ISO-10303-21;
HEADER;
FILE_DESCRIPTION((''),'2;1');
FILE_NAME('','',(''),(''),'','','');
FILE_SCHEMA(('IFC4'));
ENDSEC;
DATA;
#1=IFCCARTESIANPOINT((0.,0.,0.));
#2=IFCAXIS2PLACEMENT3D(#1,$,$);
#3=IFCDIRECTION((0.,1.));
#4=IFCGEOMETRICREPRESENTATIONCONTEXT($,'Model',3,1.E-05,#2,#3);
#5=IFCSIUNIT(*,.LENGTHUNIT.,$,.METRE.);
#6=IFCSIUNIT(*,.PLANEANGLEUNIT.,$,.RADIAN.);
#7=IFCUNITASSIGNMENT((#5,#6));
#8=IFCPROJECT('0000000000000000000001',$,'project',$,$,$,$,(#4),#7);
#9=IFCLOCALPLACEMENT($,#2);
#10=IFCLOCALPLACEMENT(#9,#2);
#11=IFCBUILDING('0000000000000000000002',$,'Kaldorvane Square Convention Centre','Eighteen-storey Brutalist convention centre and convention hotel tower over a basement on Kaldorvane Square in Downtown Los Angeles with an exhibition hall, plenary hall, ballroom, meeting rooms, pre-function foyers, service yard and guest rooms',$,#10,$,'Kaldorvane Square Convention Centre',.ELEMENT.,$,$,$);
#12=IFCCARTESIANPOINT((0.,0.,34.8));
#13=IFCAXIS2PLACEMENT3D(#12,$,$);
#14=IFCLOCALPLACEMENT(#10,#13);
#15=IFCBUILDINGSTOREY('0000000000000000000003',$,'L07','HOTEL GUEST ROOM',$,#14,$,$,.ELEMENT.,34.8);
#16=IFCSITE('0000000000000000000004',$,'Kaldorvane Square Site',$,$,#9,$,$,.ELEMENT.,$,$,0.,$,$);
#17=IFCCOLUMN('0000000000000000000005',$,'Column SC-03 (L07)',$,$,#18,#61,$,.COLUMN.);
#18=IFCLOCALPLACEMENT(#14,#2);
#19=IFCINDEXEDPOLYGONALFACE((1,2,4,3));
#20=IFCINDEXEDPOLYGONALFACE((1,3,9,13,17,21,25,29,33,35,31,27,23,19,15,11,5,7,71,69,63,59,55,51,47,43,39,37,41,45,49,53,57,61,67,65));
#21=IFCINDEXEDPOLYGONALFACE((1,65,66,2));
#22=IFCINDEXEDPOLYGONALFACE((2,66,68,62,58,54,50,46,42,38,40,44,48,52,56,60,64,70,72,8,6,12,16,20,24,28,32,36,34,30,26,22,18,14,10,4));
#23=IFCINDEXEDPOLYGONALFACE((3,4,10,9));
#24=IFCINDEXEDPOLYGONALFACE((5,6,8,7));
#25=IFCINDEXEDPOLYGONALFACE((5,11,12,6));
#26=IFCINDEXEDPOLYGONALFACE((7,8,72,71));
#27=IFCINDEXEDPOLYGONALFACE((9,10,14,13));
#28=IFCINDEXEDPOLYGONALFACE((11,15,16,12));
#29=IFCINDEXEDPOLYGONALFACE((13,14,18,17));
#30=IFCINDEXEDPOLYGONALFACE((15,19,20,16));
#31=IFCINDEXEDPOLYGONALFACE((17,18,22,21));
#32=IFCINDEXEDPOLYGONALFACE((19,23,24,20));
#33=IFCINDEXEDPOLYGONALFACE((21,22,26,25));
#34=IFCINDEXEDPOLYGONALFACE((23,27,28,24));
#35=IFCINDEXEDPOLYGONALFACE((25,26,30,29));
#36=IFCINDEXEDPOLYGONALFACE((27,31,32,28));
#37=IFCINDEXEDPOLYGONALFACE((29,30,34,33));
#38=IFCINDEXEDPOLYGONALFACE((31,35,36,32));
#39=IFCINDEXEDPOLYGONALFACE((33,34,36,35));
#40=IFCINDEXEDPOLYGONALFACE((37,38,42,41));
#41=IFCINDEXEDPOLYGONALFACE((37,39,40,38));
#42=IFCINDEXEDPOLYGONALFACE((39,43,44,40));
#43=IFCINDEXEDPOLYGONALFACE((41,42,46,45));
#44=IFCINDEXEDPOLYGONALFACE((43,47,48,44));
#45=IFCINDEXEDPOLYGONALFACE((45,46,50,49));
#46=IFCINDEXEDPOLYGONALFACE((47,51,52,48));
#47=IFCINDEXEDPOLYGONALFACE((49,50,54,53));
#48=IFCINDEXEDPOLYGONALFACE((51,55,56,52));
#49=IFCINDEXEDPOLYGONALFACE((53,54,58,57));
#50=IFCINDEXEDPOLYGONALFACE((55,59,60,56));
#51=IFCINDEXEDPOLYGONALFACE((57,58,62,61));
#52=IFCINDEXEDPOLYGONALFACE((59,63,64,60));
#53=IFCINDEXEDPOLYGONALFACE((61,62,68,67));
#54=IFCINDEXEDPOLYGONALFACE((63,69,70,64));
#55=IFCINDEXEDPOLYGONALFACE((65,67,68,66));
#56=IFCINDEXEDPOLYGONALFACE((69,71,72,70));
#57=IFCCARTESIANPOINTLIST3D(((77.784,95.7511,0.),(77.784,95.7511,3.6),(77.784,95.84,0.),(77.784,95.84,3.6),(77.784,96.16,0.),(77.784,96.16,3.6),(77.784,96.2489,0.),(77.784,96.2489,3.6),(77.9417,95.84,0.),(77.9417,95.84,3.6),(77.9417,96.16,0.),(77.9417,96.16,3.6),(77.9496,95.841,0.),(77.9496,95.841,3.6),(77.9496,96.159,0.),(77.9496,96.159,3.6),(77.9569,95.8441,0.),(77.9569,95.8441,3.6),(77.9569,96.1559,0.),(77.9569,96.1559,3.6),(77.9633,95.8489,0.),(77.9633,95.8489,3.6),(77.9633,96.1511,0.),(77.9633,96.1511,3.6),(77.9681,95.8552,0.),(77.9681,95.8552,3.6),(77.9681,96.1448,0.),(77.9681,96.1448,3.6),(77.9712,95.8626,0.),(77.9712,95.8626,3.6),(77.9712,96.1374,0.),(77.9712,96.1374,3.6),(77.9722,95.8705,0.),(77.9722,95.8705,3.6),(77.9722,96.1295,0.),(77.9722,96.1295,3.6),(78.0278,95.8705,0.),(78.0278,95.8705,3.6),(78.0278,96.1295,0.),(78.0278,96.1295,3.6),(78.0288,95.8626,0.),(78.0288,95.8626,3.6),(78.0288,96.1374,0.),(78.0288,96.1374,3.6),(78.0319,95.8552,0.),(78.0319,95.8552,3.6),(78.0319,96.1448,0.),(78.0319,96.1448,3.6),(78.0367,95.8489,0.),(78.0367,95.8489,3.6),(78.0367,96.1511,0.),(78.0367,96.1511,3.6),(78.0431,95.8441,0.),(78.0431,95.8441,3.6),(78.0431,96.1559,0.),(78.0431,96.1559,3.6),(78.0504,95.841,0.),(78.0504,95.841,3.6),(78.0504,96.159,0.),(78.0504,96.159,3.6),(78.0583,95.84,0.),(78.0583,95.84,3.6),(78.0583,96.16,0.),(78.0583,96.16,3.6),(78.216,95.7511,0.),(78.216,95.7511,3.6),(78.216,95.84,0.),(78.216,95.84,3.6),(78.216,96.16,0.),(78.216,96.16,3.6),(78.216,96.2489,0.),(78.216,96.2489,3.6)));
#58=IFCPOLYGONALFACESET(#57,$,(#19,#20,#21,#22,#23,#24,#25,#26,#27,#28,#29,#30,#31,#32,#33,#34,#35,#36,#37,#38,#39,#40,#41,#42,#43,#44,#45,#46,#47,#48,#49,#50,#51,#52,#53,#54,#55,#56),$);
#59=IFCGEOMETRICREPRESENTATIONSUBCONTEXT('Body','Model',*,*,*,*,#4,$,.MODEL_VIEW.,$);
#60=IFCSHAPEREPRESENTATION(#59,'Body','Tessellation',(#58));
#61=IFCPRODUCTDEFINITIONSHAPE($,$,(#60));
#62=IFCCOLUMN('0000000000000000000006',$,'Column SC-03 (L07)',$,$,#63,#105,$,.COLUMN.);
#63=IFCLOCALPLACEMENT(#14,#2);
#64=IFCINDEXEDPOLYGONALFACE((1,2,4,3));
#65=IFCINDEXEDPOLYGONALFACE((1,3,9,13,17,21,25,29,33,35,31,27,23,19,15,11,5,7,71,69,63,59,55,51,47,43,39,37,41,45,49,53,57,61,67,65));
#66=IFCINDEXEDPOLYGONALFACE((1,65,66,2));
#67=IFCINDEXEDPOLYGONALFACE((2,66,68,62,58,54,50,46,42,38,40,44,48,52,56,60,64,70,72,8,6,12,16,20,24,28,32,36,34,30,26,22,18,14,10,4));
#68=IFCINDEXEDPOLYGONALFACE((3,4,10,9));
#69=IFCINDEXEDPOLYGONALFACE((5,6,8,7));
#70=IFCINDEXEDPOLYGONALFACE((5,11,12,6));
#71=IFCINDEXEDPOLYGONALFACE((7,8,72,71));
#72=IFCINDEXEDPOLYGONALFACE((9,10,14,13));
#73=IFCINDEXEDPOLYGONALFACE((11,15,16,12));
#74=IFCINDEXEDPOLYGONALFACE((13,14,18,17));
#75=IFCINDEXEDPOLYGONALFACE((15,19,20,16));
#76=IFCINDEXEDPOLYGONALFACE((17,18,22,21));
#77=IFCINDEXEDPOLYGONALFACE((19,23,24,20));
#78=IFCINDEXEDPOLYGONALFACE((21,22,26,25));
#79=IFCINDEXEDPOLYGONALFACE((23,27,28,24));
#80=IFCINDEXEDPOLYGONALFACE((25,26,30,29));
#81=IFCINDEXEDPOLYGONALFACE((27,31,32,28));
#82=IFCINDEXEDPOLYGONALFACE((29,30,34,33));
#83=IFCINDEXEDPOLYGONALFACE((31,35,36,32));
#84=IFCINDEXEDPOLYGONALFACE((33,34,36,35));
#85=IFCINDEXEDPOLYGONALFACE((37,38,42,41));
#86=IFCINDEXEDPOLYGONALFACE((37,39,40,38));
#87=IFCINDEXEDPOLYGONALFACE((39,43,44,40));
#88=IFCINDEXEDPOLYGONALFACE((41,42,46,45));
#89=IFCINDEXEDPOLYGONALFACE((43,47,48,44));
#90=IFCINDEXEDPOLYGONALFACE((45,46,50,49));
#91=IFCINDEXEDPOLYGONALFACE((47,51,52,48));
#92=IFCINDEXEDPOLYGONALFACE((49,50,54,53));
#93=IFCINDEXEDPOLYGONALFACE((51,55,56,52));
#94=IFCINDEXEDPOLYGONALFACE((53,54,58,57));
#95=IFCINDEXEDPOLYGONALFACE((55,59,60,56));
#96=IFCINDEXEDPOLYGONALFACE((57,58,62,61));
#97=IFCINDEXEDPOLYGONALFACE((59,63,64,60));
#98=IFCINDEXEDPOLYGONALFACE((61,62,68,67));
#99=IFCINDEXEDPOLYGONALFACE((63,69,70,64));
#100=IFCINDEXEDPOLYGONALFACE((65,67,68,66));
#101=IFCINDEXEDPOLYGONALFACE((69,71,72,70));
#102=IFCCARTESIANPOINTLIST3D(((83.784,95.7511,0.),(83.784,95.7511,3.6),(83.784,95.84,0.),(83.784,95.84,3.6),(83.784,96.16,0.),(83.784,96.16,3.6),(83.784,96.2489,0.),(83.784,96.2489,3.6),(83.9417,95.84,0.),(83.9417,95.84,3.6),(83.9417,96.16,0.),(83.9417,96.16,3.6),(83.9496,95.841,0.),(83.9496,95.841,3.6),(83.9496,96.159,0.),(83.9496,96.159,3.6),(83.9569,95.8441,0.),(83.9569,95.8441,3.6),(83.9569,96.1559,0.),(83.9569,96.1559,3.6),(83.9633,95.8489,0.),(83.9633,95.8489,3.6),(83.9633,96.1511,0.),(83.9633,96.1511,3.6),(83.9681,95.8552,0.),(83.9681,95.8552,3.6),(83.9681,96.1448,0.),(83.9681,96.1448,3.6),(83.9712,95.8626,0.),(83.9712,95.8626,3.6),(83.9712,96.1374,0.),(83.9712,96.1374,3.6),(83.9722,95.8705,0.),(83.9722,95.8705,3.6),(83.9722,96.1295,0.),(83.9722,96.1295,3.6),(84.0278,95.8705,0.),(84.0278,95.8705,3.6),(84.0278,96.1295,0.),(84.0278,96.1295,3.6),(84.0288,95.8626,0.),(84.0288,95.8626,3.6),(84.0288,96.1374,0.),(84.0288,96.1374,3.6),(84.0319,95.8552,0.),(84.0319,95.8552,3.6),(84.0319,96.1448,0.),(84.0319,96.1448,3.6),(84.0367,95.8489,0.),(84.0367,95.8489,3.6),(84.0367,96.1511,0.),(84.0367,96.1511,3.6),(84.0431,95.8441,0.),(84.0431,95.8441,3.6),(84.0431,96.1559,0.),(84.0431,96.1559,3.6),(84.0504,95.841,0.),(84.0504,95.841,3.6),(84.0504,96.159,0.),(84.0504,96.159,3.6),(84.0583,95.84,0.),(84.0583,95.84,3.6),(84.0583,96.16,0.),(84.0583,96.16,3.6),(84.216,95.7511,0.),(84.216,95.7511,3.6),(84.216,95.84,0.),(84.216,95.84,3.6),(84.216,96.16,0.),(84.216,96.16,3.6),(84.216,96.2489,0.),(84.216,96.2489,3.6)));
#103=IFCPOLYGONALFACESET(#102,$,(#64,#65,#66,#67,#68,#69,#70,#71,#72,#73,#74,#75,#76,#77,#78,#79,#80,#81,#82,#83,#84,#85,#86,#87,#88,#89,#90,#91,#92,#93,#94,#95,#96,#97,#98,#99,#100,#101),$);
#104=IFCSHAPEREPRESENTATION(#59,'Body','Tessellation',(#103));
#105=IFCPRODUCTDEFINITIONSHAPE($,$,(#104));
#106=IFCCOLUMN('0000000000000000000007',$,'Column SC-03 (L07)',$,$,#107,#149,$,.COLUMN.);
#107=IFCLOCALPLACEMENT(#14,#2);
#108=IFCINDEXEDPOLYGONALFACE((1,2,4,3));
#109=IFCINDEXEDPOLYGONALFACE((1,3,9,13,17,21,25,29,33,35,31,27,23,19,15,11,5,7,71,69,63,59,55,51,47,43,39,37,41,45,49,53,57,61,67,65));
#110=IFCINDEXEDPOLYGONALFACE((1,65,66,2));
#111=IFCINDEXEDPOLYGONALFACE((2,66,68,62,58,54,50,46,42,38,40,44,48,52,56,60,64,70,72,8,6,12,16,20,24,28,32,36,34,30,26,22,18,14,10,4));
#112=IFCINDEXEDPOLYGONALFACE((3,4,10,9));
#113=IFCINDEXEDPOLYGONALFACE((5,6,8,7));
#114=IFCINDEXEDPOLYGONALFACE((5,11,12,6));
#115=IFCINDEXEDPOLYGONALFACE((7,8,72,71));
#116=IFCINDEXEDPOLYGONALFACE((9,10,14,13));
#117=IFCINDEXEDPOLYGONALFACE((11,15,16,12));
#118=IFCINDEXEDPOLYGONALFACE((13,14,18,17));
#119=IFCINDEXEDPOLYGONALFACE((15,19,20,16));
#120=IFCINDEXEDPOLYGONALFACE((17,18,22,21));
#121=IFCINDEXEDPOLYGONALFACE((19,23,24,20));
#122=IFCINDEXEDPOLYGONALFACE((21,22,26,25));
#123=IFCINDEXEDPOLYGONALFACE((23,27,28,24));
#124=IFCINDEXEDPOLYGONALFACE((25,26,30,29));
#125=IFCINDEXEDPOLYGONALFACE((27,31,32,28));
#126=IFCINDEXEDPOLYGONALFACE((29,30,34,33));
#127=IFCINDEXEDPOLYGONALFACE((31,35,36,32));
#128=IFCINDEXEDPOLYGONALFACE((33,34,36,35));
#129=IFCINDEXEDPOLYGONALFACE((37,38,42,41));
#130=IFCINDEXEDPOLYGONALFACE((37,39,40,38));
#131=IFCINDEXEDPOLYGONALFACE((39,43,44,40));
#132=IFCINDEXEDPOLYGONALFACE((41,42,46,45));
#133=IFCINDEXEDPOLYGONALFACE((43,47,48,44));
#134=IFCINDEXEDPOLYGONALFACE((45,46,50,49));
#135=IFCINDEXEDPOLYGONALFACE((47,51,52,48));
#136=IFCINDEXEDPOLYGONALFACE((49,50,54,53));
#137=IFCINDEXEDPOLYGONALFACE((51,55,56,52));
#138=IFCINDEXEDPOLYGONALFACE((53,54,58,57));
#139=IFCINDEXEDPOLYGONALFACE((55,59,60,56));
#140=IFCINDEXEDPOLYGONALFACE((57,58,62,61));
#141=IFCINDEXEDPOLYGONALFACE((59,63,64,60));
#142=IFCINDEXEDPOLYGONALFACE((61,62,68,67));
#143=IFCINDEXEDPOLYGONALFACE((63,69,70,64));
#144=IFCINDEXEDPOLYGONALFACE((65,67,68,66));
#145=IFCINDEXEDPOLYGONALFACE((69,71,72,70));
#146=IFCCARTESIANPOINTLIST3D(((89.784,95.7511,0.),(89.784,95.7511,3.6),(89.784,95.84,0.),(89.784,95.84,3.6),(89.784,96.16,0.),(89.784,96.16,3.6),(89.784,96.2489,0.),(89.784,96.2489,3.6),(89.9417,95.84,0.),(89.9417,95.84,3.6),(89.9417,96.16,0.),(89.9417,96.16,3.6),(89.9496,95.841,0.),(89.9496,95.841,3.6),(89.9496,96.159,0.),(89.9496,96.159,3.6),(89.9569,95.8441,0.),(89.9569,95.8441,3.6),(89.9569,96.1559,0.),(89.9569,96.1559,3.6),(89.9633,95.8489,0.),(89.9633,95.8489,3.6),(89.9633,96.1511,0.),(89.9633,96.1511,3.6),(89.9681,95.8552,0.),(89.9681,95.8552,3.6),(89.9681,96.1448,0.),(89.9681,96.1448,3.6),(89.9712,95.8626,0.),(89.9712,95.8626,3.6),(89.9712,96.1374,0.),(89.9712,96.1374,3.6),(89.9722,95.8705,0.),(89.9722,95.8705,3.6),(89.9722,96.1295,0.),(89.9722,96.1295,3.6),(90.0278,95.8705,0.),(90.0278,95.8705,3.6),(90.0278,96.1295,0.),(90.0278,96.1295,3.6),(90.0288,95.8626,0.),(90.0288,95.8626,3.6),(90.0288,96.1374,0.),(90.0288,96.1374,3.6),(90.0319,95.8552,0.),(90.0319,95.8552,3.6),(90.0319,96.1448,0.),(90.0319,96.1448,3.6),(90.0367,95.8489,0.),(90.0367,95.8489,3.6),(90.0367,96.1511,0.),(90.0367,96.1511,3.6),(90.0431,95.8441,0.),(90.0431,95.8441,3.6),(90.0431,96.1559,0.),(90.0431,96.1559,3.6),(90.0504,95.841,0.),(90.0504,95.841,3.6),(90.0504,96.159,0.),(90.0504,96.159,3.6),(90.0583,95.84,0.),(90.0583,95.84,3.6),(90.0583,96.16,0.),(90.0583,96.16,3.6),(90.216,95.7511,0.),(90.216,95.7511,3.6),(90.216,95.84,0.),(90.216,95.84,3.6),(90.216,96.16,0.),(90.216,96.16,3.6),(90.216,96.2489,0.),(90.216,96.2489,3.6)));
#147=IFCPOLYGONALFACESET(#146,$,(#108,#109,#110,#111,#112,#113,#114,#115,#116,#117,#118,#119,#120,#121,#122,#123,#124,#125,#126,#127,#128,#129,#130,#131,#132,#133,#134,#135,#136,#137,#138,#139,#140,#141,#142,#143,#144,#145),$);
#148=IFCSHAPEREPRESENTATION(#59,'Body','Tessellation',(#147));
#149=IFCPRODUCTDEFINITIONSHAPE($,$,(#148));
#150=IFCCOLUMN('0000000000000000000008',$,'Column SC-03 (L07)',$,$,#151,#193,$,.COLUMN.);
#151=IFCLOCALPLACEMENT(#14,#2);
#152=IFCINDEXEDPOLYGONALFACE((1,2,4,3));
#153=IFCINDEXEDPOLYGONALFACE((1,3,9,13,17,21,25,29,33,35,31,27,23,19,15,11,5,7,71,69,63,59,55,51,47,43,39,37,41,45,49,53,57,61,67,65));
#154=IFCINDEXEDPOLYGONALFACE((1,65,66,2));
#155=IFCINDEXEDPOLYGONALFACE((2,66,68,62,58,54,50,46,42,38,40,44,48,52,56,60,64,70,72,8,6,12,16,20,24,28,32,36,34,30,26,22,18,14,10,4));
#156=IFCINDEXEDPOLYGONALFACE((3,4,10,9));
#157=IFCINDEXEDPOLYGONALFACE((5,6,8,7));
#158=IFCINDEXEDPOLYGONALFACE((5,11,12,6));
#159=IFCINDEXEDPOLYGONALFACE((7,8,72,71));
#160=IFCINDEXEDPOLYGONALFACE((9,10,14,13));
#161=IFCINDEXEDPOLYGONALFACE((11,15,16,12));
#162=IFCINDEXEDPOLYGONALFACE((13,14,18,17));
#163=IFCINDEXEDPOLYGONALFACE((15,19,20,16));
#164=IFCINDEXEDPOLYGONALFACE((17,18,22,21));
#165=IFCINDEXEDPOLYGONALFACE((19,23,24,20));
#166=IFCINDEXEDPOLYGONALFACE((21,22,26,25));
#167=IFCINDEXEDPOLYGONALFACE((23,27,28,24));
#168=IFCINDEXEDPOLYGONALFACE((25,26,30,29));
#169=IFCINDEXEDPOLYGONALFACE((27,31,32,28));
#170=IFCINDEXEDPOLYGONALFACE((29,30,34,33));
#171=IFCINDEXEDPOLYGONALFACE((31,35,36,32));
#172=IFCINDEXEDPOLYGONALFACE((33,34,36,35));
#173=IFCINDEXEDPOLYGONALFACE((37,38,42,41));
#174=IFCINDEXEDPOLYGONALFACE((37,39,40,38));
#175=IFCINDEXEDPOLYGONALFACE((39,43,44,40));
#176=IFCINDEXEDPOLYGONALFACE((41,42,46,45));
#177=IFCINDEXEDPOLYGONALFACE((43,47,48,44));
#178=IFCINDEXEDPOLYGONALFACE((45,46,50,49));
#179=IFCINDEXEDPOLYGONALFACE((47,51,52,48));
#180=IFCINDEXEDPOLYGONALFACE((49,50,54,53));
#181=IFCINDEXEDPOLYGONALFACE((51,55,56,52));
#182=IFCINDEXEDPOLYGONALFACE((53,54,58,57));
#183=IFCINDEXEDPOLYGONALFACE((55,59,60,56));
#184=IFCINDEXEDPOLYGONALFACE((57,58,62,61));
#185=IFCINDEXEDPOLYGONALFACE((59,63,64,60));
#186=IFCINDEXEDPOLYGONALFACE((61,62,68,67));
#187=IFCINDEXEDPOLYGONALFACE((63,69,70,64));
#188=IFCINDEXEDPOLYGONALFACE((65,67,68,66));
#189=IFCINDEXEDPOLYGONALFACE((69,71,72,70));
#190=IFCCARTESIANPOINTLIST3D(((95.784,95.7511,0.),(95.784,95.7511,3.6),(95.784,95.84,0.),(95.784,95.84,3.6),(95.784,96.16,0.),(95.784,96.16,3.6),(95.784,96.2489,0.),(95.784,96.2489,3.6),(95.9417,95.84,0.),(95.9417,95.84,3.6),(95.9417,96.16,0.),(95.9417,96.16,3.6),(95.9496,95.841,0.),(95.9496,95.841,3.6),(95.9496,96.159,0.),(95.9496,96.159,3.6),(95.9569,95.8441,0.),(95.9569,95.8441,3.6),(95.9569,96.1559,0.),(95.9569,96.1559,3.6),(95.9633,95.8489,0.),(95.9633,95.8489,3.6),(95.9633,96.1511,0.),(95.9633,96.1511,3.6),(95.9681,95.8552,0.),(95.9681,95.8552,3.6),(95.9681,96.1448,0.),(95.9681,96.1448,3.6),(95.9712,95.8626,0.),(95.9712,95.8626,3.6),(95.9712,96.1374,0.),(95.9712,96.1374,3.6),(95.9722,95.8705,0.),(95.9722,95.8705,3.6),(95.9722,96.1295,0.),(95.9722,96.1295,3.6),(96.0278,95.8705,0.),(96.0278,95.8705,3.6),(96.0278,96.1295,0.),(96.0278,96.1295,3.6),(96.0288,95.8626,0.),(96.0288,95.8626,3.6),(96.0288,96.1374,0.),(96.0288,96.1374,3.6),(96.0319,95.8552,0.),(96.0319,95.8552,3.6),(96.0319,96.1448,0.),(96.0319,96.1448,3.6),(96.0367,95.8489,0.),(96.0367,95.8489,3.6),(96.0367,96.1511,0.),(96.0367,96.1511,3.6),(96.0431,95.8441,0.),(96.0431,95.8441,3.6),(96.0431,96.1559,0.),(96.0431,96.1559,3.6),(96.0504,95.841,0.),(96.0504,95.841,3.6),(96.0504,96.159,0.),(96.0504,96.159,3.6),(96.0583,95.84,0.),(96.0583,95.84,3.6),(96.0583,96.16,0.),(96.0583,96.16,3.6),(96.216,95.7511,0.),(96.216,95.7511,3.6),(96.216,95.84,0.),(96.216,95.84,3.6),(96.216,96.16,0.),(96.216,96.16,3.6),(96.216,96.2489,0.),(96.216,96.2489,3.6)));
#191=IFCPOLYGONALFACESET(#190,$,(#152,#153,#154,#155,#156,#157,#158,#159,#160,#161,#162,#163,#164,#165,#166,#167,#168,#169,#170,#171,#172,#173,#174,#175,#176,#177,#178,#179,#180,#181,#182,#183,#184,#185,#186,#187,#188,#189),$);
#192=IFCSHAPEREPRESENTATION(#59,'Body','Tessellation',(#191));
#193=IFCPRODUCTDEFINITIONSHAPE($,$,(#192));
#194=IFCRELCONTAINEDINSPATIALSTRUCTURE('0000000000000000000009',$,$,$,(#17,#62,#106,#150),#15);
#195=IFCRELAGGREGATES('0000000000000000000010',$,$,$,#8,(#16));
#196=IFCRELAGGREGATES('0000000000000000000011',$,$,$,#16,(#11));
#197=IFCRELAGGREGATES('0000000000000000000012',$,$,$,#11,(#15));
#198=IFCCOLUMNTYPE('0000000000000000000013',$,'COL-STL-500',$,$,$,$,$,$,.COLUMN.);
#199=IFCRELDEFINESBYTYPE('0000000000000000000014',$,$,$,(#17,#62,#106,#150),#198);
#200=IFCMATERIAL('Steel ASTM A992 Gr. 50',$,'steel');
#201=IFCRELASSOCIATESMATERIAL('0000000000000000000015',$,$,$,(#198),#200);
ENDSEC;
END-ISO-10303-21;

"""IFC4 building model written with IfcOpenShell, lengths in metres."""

from ifc_helpers import new_model, si_unit, direction, frame, origin, origin_2d, place, context, subcontext, project, spatial, i_section, extrude, material, material_profile, profile_set, type_object, element, save


model = new_model("IFC4")

# Units and contexts
model_context = context("Model", 3, precision=1e-05, world=origin(), true_north=direction((0.0, 1.0)))
body_context = subcontext(model_context, "Body", "Model", "MODEL_VIEW")
ifc_project = project(units=[si_unit("LENGTHUNIT", "METRE"), si_unit("PLANEANGLEUNIT", "RADIAN")], contexts=[model_context])

# Site, building, storey
site_placement = place(None, origin())
site = spatial("IfcSite", under=ifc_project, at=site_placement, Name="Kaldorvane Square Site", CompositionType="ELEMENT", RefElevation=0.0)
building_placement = place(site_placement, origin())
building = spatial("IfcBuilding", under=site, at=building_placement, Name="Kaldorvane Square Convention Centre", Description="Eighteen-storey Brutalist convention centre and convention hotel tower over a basement on Kaldorvane Square in Downtown Los Angeles with an exhibition hall, plenary hall, ballroom, meeting rooms, pre-function foyers, service yard and guest rooms", LongName="Kaldorvane Square Convention Centre", CompositionType="ELEMENT")
storey_placement = place(building_placement, frame((0.0, 0.0, 34.8)))
storey = spatial("IfcBuildingStorey", under=building, at=storey_placement, Name="L07", Description="HOTEL GUEST ROOM", CompositionType="ELEMENT", Elevation=34.8)

# Columns
ifc_material_1 = material(Name="Steel ASTM A992 Gr. 50", Category="steel")
ifc_material_profile_1 = material_profile(ifc_material_1, i_section(OverallWidth=0.4321, OverallDepth=0.4978, WebThickness=0.0556, FlangeThickness=0.0889, FilletRadius=0.0305, at=origin_2d()), Name="W14X500")
ifc_profile_set_1 = profile_set([ifc_material_profile_1], Name="Steel ASTM A992 Gr. 50")
column_type = type_object("IfcColumnType", Name="COL-STL-500", PredefinedType="COLUMN", material=ifc_profile_set_1)
for number, where, z_axis, x_axis, name in (
    (1, (78.0, 96.0, 0.0), (0.0, 0.0, 1.0), (1.0, 0.0, 0.0), "Column SC-03 (L07)"),
    (2, (84.0, 96.0, 0.0), (0.0, 0.0, 1.0), (1.0, 0.0, 0.0), "Column SC-03 (L07)"),
    (3, (90.0, 96.0, 0.0), (0.0, 0.0, 1.0), (1.0, 0.0, 0.0), "Column SC-03 (L07)"),
    (4, (96.0, 96.0, 0.0), (0.0, 0.0, 1.0), (1.0, 0.0, 0.0), "Column SC-03 (L07)"),
):
    element("IfcColumn", number, at=place(storey_placement, frame(where, z_axis=z_axis, x_axis=x_axis)), inside=storey, type_object=column_type, Name=name, PredefinedType="COLUMN", context=body_context, shape_type="SweptSolid", body=[
        extrude(i_section(OverallWidth=0.4321, OverallDepth=0.4978, WebThickness=0.0556, FlangeThickness=0.0889, FilletRadius=0.0305, at=origin_2d()), origin(), (0.0, 0.0, 1.0), 3.6),
    ])

save(model, "model.ifc")
